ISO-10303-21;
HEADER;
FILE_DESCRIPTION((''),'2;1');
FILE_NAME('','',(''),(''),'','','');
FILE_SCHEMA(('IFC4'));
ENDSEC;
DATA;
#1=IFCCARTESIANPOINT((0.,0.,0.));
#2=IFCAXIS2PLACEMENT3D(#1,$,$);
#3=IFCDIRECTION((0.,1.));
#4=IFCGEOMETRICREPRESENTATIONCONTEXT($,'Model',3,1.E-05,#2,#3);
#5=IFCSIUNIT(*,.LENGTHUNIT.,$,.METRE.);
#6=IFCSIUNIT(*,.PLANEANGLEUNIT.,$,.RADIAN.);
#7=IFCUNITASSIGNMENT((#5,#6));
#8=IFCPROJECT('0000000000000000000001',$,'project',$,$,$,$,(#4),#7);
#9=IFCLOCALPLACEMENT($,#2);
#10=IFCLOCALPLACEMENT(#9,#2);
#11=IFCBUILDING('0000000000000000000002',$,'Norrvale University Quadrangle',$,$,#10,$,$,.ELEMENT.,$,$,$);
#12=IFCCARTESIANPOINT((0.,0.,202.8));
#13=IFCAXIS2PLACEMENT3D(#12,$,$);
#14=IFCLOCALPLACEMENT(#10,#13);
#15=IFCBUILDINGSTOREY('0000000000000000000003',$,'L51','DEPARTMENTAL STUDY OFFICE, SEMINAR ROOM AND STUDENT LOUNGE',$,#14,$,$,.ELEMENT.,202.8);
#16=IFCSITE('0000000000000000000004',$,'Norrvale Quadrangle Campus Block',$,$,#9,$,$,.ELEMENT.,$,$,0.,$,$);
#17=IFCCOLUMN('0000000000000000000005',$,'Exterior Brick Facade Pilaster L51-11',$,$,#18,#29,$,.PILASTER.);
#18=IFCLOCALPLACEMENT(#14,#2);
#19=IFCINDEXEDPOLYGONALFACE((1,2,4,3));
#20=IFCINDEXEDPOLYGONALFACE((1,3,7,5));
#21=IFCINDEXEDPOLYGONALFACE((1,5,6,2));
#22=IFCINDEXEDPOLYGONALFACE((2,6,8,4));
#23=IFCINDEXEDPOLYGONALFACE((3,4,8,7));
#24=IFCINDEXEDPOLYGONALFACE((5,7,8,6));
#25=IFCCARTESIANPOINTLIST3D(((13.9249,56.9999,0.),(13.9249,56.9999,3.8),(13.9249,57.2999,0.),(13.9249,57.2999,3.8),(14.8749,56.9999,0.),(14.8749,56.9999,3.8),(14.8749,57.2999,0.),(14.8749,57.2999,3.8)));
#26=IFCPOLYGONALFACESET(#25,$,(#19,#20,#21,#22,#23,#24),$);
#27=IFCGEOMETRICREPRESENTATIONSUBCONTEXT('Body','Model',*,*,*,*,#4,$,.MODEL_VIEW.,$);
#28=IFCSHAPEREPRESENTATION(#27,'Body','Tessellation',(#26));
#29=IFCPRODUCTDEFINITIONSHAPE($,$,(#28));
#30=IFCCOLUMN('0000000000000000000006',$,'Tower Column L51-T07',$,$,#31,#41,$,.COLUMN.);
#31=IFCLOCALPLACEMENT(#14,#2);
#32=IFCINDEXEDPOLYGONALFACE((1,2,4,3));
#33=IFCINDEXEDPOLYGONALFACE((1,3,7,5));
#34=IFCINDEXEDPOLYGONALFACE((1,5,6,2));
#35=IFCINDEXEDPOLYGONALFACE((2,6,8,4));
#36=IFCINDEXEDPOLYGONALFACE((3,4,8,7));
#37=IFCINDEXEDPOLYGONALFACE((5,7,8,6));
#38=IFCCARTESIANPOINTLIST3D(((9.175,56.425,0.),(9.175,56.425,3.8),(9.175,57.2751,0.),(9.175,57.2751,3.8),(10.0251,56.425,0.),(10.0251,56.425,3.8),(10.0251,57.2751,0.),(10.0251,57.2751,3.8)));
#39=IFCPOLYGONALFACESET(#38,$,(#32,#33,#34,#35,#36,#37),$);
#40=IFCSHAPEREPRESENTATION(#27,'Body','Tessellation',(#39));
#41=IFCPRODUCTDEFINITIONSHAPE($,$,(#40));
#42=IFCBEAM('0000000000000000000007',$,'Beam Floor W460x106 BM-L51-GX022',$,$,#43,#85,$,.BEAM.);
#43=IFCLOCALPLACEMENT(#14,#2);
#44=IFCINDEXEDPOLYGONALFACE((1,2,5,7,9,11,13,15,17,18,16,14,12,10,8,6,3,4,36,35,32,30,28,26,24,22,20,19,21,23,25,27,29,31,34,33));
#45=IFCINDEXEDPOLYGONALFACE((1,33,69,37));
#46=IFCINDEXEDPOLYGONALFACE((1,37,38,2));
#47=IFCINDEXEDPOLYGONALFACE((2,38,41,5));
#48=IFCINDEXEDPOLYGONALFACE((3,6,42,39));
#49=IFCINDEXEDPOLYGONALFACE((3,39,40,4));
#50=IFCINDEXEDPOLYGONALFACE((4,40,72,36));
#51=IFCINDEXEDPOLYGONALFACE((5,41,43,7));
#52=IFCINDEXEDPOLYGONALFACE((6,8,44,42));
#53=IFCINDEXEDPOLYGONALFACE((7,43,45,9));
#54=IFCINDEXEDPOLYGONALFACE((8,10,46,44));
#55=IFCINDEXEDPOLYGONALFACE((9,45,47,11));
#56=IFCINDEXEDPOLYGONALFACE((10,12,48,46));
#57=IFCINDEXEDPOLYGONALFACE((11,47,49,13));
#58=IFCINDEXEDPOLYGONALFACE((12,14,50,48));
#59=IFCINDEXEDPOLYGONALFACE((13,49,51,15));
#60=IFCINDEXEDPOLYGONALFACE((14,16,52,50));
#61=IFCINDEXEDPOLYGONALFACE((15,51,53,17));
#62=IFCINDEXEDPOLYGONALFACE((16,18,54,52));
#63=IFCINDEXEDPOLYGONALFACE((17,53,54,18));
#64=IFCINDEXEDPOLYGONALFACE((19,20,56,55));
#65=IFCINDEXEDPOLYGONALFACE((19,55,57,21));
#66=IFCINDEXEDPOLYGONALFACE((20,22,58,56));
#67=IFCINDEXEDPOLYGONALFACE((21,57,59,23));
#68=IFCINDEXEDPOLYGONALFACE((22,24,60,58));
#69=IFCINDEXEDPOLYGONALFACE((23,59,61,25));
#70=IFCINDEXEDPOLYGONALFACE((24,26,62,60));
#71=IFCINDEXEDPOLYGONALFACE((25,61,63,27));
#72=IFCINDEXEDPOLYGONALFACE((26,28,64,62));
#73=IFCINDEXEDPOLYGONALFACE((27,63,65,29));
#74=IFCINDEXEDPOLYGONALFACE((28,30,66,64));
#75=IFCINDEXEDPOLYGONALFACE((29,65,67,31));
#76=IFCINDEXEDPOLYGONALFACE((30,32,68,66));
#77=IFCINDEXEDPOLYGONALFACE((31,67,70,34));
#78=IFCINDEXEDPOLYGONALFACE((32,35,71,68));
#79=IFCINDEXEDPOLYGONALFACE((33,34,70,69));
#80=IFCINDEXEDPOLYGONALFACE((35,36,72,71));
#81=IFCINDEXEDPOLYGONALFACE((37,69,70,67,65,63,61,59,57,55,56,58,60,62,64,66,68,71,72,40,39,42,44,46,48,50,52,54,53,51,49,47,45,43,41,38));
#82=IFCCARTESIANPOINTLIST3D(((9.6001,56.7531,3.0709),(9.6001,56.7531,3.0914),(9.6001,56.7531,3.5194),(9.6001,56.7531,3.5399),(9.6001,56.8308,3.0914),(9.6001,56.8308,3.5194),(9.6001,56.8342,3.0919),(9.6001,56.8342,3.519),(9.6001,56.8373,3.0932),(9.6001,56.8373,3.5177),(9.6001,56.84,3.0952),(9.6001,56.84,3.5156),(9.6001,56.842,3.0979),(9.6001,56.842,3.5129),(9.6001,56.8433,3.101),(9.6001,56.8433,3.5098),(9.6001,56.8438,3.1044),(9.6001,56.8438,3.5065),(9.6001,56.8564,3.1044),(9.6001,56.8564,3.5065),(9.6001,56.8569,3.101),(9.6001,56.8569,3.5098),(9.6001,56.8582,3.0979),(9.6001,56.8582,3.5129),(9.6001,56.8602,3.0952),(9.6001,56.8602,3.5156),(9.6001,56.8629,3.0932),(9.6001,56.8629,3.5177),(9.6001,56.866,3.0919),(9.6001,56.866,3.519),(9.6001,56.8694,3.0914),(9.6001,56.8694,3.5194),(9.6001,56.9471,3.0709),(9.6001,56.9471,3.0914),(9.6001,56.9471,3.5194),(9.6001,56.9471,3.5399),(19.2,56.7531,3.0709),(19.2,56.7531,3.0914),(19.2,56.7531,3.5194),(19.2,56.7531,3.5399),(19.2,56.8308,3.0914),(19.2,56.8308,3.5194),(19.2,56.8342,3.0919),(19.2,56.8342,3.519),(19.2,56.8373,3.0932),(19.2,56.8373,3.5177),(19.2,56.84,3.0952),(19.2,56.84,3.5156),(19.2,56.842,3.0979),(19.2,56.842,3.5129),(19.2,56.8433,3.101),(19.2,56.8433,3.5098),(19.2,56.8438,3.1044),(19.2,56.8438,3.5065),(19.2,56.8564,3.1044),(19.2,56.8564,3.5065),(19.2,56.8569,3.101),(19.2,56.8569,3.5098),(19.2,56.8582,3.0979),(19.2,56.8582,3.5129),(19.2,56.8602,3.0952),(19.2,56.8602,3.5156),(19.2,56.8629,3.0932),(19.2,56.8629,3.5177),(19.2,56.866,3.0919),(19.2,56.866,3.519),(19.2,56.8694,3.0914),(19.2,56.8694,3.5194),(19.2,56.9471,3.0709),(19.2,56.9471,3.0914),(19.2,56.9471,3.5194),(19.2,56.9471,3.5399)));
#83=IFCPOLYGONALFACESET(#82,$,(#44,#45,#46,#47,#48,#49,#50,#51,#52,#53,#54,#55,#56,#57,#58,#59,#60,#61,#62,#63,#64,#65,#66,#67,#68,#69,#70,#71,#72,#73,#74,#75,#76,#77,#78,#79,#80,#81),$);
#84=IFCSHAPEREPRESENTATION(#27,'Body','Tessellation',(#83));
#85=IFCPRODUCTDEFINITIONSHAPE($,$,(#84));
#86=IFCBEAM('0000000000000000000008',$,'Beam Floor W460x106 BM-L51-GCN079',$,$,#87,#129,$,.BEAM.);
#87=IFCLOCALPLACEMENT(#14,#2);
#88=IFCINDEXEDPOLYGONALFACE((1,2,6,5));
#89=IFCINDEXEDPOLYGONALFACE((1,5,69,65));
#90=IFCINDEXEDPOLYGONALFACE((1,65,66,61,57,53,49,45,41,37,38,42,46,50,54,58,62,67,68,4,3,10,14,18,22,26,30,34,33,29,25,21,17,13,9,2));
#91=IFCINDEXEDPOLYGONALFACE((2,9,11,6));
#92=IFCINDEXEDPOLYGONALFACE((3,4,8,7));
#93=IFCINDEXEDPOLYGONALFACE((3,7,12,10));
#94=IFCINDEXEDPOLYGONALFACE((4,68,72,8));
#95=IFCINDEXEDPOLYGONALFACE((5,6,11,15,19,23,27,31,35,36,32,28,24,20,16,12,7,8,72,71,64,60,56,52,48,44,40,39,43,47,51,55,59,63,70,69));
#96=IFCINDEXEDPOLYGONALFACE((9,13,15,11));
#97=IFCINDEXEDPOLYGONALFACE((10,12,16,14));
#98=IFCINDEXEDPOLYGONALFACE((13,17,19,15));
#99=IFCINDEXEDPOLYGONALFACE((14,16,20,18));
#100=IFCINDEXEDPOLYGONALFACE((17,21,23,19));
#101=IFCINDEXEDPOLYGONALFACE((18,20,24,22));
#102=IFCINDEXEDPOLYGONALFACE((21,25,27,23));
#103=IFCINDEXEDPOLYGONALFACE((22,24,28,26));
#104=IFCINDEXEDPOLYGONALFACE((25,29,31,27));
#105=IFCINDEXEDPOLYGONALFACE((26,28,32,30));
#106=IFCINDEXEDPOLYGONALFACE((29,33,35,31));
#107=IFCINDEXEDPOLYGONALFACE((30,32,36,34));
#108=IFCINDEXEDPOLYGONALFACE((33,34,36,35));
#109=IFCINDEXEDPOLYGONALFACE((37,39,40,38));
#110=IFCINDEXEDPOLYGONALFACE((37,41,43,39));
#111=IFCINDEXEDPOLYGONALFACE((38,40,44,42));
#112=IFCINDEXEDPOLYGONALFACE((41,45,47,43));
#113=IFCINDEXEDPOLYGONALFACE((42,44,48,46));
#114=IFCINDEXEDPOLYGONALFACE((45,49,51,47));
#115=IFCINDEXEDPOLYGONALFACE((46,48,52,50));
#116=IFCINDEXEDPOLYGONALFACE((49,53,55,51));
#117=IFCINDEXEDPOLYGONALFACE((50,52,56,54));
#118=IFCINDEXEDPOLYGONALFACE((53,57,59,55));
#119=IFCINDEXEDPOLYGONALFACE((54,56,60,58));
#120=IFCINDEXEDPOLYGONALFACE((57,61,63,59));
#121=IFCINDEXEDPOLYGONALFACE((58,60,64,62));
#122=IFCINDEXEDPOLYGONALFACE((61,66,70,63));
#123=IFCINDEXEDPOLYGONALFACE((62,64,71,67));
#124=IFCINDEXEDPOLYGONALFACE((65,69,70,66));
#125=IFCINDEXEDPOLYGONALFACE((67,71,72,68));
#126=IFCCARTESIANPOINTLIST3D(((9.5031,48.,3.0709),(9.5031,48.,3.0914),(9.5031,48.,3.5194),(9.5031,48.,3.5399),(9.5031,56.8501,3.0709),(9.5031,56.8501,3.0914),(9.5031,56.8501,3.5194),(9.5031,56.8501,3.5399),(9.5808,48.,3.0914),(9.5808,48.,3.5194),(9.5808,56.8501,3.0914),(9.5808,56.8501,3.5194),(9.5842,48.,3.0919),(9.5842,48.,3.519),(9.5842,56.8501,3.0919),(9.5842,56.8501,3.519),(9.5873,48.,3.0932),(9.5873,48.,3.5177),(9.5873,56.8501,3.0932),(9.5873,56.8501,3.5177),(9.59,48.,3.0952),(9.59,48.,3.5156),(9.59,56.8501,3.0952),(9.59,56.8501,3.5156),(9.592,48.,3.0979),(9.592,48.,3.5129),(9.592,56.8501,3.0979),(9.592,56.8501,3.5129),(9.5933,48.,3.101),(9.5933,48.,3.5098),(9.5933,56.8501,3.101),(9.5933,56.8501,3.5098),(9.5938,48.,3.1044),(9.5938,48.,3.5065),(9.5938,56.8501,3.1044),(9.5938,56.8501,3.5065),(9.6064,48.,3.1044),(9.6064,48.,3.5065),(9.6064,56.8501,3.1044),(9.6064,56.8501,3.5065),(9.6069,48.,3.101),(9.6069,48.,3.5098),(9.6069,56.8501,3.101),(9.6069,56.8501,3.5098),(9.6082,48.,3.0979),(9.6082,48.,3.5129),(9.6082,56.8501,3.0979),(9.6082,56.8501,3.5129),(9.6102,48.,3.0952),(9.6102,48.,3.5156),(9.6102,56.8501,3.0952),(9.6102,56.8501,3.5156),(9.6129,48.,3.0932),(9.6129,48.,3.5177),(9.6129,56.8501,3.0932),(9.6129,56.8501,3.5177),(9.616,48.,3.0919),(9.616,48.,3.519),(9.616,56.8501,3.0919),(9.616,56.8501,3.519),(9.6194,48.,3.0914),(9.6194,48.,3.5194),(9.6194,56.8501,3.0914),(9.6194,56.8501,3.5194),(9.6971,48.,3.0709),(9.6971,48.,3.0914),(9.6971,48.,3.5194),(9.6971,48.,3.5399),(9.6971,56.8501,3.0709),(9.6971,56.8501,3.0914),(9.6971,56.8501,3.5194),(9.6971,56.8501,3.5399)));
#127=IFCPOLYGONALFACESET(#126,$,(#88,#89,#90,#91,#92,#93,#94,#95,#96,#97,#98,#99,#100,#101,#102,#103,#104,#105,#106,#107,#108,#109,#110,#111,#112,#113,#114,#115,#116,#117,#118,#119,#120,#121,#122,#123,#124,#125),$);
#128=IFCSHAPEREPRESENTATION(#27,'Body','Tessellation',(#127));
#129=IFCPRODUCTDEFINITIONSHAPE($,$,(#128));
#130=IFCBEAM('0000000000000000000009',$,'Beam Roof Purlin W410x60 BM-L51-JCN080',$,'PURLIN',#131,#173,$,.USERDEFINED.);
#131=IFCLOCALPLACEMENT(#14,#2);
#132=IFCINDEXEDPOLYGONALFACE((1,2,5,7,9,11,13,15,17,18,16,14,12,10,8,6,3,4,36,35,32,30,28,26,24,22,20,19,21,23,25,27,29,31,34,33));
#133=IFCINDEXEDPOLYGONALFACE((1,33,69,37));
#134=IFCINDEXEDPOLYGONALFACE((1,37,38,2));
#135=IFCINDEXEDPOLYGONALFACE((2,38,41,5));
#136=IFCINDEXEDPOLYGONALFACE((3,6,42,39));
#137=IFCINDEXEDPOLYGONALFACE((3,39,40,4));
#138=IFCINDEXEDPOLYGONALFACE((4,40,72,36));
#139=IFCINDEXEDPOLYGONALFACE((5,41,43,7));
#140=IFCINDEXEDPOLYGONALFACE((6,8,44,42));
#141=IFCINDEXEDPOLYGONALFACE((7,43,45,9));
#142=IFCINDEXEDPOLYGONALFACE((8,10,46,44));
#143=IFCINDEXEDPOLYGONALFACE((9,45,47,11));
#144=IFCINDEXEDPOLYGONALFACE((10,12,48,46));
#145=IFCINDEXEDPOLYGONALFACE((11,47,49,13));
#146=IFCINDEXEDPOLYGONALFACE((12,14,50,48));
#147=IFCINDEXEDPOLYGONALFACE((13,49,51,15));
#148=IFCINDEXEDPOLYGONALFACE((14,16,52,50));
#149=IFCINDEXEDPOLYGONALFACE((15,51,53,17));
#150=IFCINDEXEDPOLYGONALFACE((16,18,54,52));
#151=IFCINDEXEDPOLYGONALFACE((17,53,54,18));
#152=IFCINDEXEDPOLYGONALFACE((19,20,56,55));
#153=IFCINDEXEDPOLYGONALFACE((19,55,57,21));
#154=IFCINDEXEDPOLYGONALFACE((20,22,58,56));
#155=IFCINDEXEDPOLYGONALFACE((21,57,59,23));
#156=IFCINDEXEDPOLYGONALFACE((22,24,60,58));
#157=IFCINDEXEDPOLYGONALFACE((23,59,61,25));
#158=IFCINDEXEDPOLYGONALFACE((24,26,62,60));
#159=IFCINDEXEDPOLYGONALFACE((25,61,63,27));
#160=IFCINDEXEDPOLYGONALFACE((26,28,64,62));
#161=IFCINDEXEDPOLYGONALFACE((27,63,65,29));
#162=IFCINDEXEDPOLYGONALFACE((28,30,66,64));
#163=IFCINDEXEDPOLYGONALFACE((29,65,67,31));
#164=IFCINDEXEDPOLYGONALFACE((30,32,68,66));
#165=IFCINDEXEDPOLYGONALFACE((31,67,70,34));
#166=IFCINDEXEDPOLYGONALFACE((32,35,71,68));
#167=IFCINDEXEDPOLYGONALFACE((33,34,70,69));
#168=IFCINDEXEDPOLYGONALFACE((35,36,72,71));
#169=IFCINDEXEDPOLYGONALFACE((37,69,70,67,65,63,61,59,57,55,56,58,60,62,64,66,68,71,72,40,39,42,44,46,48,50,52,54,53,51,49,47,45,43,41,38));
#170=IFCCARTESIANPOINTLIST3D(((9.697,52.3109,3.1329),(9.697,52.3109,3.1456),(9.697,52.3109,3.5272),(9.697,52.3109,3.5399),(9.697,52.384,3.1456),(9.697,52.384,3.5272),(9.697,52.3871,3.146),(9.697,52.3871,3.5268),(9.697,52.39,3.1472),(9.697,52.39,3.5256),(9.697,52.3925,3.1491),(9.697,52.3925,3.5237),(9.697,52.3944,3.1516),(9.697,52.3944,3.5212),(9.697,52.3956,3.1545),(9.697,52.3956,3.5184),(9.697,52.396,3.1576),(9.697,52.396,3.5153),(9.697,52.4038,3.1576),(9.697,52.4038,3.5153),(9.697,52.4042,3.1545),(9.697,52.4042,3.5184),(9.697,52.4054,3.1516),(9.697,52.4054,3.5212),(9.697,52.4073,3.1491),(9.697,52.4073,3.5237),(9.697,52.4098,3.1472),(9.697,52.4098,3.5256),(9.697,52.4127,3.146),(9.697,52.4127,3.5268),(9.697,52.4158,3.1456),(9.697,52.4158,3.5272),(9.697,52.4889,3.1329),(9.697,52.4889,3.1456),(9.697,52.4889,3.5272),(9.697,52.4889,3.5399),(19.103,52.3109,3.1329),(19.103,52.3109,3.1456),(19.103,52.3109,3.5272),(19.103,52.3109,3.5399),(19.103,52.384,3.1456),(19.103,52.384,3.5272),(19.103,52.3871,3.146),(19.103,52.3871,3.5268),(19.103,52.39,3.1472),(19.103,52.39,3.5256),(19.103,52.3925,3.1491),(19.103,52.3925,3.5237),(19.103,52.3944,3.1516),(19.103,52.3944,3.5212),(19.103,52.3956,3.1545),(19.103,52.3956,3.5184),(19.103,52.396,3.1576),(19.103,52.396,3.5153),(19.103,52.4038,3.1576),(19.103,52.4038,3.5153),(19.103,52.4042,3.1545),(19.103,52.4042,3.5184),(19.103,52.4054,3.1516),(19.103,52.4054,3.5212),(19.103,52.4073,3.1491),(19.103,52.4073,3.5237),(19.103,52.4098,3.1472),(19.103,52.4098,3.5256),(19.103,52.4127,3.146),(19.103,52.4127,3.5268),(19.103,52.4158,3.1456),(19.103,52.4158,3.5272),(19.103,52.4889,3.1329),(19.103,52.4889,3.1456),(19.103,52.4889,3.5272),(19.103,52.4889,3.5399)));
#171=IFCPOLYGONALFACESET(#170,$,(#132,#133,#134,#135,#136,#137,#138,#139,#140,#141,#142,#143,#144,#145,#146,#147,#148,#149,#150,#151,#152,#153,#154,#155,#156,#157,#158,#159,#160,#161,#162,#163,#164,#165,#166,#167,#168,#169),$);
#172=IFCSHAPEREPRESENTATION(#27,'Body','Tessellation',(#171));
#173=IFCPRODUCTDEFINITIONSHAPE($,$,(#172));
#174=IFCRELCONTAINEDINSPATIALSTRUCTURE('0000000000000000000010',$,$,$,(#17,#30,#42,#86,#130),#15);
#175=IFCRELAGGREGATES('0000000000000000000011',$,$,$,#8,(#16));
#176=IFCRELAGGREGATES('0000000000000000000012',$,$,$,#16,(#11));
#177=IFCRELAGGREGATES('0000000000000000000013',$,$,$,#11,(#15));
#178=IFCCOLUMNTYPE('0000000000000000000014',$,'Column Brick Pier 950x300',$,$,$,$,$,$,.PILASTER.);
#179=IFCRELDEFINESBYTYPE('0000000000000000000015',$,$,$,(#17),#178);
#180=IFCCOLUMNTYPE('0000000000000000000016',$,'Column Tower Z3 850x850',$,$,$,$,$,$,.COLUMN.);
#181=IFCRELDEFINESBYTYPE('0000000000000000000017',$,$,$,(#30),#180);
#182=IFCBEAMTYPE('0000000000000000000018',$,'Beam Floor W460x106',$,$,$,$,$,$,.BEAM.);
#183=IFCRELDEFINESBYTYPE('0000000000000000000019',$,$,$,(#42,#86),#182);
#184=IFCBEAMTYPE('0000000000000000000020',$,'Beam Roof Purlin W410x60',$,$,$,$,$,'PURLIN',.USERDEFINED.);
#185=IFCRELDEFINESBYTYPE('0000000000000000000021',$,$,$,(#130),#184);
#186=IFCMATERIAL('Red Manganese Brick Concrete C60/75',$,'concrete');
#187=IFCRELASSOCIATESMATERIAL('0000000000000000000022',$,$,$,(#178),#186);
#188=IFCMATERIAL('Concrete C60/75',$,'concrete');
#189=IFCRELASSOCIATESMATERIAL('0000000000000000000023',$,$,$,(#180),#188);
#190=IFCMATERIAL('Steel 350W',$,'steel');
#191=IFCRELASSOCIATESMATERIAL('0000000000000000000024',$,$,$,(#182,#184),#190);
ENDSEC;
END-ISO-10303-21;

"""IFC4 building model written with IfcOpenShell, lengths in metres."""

from ifc_helpers import new_model, si_unit, direction, frame, origin, origin_2d, place, context, subcontext, project, spatial, rectangle, i_section, extrude, material, material_profile, profile_set, type_object, element, save


model = new_model("IFC4")

# Units and contexts
model_context = context("Model", 3, precision=1e-05, world=origin(), true_north=direction((0.0, 1.0)))
body_context = subcontext(model_context, "Body", "Model", "MODEL_VIEW")
ifc_project = project(units=[si_unit("LENGTHUNIT", "METRE"), si_unit("PLANEANGLEUNIT", "RADIAN")], contexts=[model_context])

# Site, building, storey
site_placement = place(None, origin())
site = spatial("IfcSite", under=ifc_project, at=site_placement, Name="Norrvale Quadrangle Campus Block", CompositionType="ELEMENT", RefElevation=0.0)
building_placement = place(site_placement, origin())
building = spatial("IfcBuilding", under=site, at=building_placement, Name="Norrvale University Quadrangle", CompositionType="ELEMENT")
storey_placement = place(building_placement, frame((0.0, 0.0, 202.8)))
storey = spatial("IfcBuildingStorey", under=building, at=storey_placement, Name="L51", Description="DEPARTMENTAL STUDY OFFICE, SEMINAR ROOM AND STUDENT LOUNGE", CompositionType="ELEMENT", Elevation=202.8)

# Columns
ifc_material_1 = material(Name="Red Manganese Brick Concrete C60/75", Category="concrete")
ifc_material_profile_1 = material_profile(ifc_material_1, rectangle(XDim=0.95, YDim=0.3, at=origin_2d()), Name="Red Manganese Brick Concrete C60/75")
ifc_profile_set_1 = profile_set([ifc_material_profile_1], Name="Red Manganese Brick Concrete C60/75")
column_type_1 = type_object("IfcColumnType", Name="Column Brick Pier 950x300", PredefinedType="PILASTER", material=ifc_profile_set_1)
column_1_placement = place(storey_placement, frame((14.3999, 57.1499, 0.0), z_axis=(0.0, 0.0, 1.0), x_axis=(1.0, 0.0, 0.0)))
element("IfcColumn", 1, at=column_1_placement, inside=storey, type_object=column_type_1, Name="Exterior Brick Facade Pilaster L51-11", PredefinedType="PILASTER", context=body_context, shape_type="SweptSolid", body=[
    extrude(rectangle(XDim=0.95, YDim=0.3, at=origin_2d()), origin(), (0.0, 0.0, 1.0), 3.8),
])
ifc_material_2 = material(Name="Concrete C60/75", Category="concrete")
ifc_material_profile_2 = material_profile(ifc_material_2, rectangle(XDim=0.8501, YDim=0.8501, at=origin_2d()), Name="Concrete C60/75")
ifc_profile_set_2 = profile_set([ifc_material_profile_2], Name="Concrete C60/75")
column_type_2 = type_object("IfcColumnType", Name="Column Tower Z3 850x850", PredefinedType="COLUMN", material=ifc_profile_set_2)
column_2_placement = place(storey_placement, frame((9.6001, 56.8501, 0.0), z_axis=(0.0, 0.0, 1.0), x_axis=(1.0, 0.0, 0.0)))
element("IfcColumn", 2, at=column_2_placement, inside=storey, type_object=column_type_2, Name="Tower Column L51-T07", PredefinedType="COLUMN", context=body_context, shape_type="SweptSolid", body=[
    extrude(rectangle(XDim=0.8501, YDim=0.8501, at=origin_2d()), origin(), (0.0, 0.0, 1.0), 3.8),
])

# Beams
ifc_material_3 = material(Name="Steel 350W", Category="steel")
ifc_material_profile_3 = material_profile(ifc_material_3, i_section(OverallWidth=0.1941, OverallDepth=0.469, WebThickness=0.0127, FlangeThickness=0.0205, FilletRadius=0.0129, at=origin_2d()), Name="Steel 350W")
ifc_profile_set_3 = profile_set([ifc_material_profile_3], Name="Steel 350W")
beam_type_1 = type_object("IfcBeamType", Name="Beam Floor W460x106", PredefinedType="BEAM", material=ifc_profile_set_3)
beam_1_placement = place(storey_placement, frame((9.6001, 56.8501, 3.3054), z_axis=(1.0, 0.0, 0.0), x_axis=(0.0, 1.0, 0.0)))
element("IfcBeam", 3, at=beam_1_placement, inside=storey, type_object=beam_type_1, Name="Beam Floor W460x106 BM-L51-GX022", PredefinedType="BEAM", context=body_context, shape_type="SweptSolid", body=[
    extrude(i_section(OverallWidth=0.1941, OverallDepth=0.469, WebThickness=0.0127, FlangeThickness=0.0205, FilletRadius=0.0129, at=origin_2d()), origin(), (0.0, 0.0, 1.0), 9.5999),
])
beam_2_placement = place(storey_placement, frame((9.6001, 48.0, 3.3054), z_axis=(0.0, 1.0, 0.0), x_axis=(-1.0, 0.0, 0.0)))
element("IfcBeam", 4, at=beam_2_placement, inside=storey, type_object=beam_type_1, Name="Beam Floor W460x106 BM-L51-GCN079", PredefinedType="BEAM", context=body_context, shape_type="SweptSolid", body=[
    extrude(i_section(OverallWidth=0.1941, OverallDepth=0.469, WebThickness=0.0127, FlangeThickness=0.0205, FilletRadius=0.0129, at=origin_2d()), origin(), (0.0, 0.0, 1.0), 8.8501),
])
ifc_material_profile_4 = material_profile(ifc_material_3, i_section(OverallWidth=0.178, OverallDepth=0.407, WebThickness=0.0078, FlangeThickness=0.0127, FilletRadius=0.012, at=origin_2d()), Name="Steel 350W")
ifc_profile_set_4 = profile_set([ifc_material_profile_4], Name="Steel 350W")
beam_type_2 = type_object("IfcBeamType", Name="Beam Roof Purlin W410x60", ElementType="PURLIN", PredefinedType="USERDEFINED", material=ifc_profile_set_4)
beam_3_placement = place(storey_placement, frame((9.697, 52.3999, 3.3364), z_axis=(1.0, 0.0, 0.0), x_axis=(0.0, 1.0, 0.0)))
element("IfcBeam", 5, at=beam_3_placement, inside=storey, type_object=beam_type_2, Name="Beam Roof Purlin W410x60 BM-L51-JCN080", ObjectType="PURLIN", PredefinedType="USERDEFINED", context=body_context, shape_type="SweptSolid", body=[
    extrude(i_section(OverallWidth=0.178, OverallDepth=0.407, WebThickness=0.0078, FlangeThickness=0.0127, FilletRadius=0.012, at=origin_2d()), origin(), (0.0, 0.0, 1.0), 9.406),
])

save(model, "model.ifc")
